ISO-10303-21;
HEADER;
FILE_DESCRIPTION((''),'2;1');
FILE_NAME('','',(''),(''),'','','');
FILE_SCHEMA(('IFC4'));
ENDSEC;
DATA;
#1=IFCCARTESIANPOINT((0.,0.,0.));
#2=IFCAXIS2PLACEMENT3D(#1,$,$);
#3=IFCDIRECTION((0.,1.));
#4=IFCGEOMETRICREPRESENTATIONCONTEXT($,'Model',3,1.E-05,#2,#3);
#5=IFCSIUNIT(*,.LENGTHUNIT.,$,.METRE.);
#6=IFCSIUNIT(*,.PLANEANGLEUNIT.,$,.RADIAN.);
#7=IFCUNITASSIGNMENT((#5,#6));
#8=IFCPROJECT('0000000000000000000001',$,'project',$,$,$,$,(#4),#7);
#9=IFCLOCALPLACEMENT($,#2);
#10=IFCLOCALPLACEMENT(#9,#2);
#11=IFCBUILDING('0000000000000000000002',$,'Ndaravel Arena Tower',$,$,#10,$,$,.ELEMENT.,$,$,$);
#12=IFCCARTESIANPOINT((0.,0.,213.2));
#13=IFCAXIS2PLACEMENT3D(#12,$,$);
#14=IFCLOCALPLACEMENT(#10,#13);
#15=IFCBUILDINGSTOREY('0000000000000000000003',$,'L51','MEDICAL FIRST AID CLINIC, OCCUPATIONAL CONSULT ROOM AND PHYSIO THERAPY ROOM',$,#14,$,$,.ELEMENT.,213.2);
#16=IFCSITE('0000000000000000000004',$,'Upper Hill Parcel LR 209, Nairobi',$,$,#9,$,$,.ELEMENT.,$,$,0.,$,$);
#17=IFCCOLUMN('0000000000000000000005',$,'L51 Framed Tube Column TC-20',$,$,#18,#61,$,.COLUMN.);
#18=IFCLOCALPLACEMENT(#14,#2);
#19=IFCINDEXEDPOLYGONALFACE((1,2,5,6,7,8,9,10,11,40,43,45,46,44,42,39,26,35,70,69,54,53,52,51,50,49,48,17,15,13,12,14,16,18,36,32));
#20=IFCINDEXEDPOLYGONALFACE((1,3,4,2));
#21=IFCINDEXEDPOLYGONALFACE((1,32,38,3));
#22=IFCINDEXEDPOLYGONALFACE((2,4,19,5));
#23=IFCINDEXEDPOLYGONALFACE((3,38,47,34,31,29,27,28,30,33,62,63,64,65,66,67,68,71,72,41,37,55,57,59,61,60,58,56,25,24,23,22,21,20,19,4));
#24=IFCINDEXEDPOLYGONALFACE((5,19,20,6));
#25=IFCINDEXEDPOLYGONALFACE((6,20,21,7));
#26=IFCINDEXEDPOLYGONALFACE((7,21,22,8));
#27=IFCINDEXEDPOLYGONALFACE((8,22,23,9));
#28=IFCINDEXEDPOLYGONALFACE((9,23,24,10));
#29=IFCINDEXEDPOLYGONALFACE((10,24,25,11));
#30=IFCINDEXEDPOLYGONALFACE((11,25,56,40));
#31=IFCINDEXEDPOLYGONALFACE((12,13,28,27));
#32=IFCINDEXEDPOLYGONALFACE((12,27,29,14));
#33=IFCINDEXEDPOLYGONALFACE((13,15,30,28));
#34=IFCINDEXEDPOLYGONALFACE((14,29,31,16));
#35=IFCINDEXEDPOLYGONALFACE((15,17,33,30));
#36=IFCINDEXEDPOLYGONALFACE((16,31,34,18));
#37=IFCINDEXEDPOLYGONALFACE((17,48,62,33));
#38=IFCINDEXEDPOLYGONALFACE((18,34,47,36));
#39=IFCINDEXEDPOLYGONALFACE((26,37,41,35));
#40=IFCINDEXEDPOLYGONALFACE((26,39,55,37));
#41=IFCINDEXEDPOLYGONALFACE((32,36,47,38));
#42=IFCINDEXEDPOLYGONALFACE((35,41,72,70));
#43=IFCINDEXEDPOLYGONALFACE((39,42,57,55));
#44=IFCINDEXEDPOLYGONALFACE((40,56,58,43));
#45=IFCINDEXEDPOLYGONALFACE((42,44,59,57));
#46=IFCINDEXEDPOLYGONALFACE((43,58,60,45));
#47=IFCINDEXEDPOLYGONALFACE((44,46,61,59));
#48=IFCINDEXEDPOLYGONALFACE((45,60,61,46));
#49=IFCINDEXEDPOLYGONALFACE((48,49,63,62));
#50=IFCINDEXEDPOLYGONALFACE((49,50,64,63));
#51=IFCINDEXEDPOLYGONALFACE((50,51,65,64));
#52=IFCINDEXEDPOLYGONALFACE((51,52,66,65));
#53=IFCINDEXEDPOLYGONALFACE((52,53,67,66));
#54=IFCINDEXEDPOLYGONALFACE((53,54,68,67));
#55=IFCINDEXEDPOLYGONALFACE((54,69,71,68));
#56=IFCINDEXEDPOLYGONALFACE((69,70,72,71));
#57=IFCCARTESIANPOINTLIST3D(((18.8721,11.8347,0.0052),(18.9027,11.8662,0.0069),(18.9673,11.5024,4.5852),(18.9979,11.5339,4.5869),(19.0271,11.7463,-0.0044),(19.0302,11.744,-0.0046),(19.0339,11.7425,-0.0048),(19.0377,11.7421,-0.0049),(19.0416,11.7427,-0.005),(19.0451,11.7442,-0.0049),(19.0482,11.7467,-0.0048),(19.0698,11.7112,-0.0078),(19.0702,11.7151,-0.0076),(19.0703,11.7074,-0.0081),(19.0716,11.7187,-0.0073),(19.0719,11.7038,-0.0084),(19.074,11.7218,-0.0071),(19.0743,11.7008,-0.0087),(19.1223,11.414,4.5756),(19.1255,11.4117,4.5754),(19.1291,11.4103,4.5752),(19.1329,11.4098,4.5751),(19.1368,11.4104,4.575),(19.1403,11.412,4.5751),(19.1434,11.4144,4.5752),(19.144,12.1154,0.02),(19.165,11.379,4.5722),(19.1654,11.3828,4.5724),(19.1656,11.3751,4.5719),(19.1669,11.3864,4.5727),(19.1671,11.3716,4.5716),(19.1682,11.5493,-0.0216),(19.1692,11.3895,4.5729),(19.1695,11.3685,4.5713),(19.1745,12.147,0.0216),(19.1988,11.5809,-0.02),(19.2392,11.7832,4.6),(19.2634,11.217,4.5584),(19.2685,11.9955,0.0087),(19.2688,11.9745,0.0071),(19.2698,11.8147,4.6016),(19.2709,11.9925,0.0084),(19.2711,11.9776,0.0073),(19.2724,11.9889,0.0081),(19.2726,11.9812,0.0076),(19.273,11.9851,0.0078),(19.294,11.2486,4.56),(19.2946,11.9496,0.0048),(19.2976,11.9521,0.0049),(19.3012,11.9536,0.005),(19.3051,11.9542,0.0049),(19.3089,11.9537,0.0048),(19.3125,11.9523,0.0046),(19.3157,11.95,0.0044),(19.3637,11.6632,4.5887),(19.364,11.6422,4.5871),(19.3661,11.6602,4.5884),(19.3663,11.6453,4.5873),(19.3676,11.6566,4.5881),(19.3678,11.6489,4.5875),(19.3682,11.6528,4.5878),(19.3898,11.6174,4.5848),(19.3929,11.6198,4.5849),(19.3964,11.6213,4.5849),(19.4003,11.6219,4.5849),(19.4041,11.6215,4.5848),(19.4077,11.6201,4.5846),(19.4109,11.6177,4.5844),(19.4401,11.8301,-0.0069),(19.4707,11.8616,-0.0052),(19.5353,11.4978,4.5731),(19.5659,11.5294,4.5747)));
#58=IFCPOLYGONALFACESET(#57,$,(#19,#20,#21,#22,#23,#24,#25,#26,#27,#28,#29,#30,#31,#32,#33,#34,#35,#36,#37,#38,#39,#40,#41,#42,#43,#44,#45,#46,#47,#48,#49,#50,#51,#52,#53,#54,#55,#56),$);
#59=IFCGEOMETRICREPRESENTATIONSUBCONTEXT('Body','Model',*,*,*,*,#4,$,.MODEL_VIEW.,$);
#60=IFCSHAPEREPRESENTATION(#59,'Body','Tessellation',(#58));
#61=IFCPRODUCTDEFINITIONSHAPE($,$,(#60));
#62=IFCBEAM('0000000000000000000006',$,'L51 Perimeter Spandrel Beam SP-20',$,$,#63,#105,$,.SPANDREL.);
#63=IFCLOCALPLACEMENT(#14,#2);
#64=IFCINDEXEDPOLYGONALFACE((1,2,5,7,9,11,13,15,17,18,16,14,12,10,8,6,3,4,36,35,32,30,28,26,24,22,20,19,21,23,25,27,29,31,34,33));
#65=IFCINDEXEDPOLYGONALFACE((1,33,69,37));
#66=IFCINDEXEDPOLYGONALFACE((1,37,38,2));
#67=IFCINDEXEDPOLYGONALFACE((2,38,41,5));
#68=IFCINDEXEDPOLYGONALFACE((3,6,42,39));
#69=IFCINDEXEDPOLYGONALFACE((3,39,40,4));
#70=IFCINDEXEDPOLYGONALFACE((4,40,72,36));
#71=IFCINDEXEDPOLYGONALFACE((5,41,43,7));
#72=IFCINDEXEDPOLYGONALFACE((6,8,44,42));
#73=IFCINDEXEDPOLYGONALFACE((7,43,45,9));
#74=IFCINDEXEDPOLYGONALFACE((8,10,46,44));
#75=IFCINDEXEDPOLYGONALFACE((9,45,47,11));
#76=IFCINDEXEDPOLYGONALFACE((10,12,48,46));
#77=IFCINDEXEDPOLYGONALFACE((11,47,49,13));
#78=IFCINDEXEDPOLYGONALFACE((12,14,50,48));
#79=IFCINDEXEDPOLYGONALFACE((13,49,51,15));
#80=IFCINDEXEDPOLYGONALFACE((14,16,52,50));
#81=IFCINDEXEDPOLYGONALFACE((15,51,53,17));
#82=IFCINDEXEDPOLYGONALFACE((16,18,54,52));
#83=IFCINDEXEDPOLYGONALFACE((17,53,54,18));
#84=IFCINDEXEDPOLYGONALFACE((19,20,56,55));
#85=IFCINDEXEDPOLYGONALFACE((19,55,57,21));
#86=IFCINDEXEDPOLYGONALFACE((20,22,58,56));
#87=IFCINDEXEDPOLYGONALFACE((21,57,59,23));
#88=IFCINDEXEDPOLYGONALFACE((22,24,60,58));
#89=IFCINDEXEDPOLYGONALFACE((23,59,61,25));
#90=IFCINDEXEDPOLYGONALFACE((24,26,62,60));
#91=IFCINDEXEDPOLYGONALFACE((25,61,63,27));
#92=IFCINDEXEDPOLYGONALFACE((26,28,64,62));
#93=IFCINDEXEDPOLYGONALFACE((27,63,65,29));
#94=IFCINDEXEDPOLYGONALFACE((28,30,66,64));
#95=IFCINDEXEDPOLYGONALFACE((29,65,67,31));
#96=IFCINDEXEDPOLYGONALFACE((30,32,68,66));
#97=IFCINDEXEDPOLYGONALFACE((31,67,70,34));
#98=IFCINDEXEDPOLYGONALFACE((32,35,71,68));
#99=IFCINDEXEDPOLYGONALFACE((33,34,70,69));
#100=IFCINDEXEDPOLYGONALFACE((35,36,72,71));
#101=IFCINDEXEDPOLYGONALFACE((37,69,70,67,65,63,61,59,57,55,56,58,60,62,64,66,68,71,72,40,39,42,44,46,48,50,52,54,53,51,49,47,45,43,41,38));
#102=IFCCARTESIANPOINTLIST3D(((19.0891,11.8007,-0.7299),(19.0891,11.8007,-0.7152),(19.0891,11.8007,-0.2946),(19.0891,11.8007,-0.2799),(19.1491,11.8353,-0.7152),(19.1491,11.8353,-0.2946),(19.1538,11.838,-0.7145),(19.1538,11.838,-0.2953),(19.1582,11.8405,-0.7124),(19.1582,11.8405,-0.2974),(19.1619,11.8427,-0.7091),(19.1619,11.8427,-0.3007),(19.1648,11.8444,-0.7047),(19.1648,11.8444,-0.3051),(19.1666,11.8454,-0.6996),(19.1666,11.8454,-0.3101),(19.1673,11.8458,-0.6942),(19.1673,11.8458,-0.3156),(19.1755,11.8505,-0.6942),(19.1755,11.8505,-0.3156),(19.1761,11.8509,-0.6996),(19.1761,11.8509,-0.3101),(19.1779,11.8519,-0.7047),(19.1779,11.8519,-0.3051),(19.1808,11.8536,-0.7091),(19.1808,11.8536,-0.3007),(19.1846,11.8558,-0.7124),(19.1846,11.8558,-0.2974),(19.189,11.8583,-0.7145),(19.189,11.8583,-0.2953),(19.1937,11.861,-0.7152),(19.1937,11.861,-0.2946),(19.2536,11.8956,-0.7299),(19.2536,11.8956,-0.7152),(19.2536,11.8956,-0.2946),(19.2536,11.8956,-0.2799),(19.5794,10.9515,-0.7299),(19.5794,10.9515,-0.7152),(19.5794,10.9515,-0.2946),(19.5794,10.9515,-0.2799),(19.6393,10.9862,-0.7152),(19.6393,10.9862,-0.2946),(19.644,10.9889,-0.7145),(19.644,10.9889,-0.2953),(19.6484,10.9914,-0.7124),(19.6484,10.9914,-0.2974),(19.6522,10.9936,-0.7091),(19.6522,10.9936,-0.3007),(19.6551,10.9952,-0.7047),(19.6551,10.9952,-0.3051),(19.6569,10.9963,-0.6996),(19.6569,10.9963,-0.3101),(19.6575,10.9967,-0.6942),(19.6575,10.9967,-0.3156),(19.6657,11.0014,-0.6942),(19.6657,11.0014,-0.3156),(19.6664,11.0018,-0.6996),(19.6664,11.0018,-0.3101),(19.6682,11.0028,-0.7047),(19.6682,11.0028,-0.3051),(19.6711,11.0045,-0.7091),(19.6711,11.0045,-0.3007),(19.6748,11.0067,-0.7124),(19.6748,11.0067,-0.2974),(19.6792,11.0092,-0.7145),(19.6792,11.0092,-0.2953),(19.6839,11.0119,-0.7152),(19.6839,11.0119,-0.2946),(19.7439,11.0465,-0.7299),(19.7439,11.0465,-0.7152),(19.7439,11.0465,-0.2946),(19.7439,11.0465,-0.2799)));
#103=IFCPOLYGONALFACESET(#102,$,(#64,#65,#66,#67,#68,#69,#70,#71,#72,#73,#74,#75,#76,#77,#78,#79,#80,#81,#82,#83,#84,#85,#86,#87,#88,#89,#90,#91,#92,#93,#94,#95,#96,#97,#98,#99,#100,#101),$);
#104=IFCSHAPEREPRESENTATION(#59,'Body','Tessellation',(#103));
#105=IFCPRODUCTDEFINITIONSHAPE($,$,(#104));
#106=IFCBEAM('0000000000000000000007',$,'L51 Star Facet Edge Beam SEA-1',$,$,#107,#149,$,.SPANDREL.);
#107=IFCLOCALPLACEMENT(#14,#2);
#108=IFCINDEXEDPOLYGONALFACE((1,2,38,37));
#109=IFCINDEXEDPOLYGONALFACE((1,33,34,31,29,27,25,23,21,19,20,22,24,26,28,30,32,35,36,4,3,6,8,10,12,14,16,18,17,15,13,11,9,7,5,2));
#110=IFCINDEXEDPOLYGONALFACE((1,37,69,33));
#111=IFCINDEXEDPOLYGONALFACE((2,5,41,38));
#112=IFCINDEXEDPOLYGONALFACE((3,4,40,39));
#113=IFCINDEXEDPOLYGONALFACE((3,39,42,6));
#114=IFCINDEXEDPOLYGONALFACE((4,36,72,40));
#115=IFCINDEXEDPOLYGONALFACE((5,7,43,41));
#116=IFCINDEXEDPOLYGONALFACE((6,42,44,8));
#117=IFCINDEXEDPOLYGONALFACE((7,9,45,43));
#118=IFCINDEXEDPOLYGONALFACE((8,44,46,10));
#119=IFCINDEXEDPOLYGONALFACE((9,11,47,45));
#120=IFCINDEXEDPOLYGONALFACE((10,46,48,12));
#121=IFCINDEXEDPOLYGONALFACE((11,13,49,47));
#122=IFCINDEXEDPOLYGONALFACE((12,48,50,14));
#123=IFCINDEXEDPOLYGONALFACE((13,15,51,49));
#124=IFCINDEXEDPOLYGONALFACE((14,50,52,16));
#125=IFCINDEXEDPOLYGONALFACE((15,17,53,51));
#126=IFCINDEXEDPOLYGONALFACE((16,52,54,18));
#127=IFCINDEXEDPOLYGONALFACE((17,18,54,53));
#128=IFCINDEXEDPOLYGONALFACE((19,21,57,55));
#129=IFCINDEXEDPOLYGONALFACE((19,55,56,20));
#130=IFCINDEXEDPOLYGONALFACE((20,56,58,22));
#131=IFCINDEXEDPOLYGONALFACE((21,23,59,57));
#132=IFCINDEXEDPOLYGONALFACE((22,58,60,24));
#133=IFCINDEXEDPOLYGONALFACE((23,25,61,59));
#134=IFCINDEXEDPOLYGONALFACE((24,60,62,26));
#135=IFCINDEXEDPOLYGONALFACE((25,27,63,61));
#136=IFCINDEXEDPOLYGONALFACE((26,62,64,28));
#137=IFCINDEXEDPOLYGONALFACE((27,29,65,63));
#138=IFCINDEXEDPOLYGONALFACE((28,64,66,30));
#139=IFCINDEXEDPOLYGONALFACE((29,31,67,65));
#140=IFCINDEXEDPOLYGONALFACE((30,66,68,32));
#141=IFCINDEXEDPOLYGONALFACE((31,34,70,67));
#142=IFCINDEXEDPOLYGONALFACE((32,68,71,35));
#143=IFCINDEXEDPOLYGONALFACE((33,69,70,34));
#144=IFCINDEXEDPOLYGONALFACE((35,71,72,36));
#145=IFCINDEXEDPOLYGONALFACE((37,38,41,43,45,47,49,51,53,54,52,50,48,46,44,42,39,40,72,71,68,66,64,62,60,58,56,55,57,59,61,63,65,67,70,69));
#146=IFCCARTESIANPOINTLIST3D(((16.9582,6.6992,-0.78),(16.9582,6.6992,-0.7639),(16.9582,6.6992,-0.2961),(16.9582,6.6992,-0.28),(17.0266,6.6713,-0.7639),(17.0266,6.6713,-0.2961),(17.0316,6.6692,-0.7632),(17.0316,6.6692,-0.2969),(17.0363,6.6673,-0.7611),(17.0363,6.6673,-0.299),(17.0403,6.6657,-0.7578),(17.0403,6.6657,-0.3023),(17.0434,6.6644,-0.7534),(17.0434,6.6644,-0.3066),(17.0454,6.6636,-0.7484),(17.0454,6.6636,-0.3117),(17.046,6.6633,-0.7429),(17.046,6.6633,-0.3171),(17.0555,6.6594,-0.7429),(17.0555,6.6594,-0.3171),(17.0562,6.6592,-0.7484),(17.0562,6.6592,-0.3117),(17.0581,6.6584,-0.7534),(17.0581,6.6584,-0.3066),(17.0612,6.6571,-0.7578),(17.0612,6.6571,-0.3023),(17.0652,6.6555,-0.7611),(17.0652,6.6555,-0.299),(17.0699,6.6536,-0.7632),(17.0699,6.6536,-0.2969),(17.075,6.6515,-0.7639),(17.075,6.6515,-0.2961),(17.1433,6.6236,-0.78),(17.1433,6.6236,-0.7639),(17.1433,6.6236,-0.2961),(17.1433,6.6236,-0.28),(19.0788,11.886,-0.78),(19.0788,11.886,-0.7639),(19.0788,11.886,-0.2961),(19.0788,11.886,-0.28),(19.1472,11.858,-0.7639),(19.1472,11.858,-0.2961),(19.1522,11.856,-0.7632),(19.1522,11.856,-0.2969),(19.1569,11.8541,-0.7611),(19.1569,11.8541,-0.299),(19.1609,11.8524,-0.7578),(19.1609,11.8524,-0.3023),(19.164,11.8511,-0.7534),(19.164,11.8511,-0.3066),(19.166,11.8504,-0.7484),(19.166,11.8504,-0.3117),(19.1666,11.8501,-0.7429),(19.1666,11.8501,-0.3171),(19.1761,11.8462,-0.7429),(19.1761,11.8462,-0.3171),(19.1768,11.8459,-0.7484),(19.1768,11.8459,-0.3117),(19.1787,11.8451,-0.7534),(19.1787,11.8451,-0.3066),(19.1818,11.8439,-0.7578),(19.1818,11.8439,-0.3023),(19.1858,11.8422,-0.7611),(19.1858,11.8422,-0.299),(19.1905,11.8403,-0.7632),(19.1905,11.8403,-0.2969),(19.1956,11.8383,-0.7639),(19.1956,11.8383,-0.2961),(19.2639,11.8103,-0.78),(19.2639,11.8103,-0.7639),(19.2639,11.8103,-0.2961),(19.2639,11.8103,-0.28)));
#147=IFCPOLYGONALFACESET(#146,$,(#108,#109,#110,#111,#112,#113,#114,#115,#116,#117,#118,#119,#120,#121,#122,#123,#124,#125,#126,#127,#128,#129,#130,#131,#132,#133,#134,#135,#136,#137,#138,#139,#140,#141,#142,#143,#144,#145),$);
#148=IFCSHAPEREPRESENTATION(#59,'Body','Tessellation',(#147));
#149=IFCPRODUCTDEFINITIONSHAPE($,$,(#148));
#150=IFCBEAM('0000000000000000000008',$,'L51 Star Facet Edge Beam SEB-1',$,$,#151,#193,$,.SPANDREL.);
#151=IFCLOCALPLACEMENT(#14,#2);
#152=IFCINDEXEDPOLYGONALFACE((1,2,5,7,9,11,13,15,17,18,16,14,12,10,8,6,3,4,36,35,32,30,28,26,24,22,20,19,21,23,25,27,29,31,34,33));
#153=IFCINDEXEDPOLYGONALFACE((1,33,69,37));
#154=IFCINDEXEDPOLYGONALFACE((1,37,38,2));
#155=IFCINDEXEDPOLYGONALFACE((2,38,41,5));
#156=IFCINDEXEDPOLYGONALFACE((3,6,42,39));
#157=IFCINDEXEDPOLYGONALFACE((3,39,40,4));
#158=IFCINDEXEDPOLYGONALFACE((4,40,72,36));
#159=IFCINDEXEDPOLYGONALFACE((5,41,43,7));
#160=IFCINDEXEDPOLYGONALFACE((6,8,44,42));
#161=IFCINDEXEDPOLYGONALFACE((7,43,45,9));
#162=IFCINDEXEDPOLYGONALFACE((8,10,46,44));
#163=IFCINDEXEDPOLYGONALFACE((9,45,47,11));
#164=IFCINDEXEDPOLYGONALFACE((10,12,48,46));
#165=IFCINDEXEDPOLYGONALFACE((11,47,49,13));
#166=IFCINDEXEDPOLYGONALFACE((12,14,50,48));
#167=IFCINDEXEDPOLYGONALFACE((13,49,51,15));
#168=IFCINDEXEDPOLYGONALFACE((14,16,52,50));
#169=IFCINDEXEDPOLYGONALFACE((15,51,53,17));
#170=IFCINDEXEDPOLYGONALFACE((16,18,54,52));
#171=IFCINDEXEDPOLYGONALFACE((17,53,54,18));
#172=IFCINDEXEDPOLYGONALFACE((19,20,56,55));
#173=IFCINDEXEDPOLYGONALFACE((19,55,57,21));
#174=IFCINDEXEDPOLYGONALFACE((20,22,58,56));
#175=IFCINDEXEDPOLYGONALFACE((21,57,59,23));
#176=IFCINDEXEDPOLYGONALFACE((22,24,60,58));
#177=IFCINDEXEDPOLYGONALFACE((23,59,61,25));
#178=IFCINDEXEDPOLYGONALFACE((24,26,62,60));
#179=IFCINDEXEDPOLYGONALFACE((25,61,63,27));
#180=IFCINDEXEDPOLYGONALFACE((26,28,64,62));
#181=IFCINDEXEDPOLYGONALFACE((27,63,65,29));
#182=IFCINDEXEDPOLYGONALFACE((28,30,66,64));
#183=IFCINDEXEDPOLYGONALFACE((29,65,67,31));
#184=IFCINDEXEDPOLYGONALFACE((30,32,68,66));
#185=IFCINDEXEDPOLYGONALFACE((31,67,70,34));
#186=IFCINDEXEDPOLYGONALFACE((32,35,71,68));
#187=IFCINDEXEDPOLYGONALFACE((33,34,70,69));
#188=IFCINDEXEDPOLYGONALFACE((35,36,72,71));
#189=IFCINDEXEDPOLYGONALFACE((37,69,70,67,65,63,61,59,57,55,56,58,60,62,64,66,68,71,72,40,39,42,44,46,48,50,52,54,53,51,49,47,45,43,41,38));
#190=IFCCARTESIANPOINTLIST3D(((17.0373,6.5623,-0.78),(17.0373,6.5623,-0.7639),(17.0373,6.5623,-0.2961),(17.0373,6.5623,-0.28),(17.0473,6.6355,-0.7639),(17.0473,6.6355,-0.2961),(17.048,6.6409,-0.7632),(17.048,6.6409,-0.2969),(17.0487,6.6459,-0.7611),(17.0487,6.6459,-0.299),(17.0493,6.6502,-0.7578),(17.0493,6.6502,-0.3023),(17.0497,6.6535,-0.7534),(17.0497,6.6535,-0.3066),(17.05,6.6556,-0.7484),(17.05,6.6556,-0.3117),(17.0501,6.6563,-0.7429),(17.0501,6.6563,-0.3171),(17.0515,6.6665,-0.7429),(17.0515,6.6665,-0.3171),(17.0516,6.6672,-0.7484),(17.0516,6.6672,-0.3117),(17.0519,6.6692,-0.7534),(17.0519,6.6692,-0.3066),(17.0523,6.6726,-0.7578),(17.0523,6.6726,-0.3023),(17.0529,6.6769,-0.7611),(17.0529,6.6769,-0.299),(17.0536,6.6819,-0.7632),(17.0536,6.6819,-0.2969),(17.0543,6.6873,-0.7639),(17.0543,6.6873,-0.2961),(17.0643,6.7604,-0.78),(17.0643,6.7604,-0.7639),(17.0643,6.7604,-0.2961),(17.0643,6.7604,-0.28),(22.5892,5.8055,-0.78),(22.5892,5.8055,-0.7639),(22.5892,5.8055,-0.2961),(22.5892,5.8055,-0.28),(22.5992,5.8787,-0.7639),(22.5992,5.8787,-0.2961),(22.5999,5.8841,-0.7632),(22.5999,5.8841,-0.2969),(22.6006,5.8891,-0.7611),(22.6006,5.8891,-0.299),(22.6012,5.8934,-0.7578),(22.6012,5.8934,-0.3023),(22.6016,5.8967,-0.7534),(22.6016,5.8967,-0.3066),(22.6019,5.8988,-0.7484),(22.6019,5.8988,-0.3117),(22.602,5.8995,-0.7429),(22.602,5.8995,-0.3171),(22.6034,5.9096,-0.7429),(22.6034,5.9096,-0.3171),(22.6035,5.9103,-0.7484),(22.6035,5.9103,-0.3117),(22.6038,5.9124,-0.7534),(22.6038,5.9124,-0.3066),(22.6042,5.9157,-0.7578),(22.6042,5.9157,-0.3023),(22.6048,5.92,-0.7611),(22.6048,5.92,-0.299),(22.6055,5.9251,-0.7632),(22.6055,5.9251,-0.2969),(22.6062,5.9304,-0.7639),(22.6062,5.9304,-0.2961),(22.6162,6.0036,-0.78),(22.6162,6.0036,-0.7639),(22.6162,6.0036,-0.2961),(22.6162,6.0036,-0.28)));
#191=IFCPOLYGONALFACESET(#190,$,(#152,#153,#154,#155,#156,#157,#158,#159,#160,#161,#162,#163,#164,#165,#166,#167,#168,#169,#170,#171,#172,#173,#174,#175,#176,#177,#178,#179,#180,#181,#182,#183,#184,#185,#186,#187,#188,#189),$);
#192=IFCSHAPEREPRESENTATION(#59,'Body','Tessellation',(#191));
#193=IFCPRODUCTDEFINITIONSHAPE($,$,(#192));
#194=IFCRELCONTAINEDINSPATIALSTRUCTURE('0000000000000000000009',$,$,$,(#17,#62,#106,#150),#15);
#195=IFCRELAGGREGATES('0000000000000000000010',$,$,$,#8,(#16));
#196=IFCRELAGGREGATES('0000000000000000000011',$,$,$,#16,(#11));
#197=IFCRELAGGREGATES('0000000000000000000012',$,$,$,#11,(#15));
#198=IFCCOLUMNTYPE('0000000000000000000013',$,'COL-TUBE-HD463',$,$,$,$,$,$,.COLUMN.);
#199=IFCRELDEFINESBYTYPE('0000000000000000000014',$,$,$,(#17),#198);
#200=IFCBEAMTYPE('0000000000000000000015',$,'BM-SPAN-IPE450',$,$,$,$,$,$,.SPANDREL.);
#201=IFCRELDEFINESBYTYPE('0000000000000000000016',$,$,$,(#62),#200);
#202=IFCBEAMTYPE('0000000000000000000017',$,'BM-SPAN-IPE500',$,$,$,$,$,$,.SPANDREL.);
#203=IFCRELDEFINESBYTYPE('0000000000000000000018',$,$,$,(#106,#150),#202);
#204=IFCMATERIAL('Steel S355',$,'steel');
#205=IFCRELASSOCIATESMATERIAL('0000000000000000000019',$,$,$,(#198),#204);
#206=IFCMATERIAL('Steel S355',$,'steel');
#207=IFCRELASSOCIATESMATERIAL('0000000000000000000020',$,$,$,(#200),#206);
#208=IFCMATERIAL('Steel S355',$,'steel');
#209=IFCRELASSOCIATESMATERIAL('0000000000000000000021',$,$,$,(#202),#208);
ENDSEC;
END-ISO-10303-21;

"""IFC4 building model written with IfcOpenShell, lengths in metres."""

from ifc_helpers import new_model, si_unit, direction, frame, origin, origin_2d, place, context, subcontext, project, spatial, i_section, extrude, material, material_profile, profile_set, type_object, element, save


model = new_model("IFC4")

# Units and contexts
model_context = context("Model", 3, precision=1e-05, world=origin(), true_north=direction((0.0, 1.0)))
body_context = subcontext(model_context, "Body", "Model", "MODEL_VIEW")
ifc_project = project(units=[si_unit("LENGTHUNIT", "METRE"), si_unit("PLANEANGLEUNIT", "RADIAN")], contexts=[model_context])

# Site, building, storey
site_placement = place(None, origin())
site = spatial("IfcSite", under=ifc_project, at=site_placement, Name="Upper Hill Parcel LR 209, Nairobi", CompositionType="ELEMENT", RefElevation=0.0)
building_placement = place(site_placement, origin())
building = spatial("IfcBuilding", under=site, at=building_placement, Name="Ndaravel Arena Tower", CompositionType="ELEMENT")
storey_placement = place(building_placement, frame((0.0, 0.0, 213.2)))
storey = spatial("IfcBuildingStorey", under=building, at=storey_placement, Name="L51", Description="MEDICAL FIRST AID CLINIC, OCCUPATIONAL CONSULT ROOM AND PHYSIO THERAPY ROOM", CompositionType="ELEMENT", Elevation=213.2)

# Column
ifc_material_1 = material(Name="Steel S355", Category="steel")
ifc_material_profile_1 = material_profile(ifc_material_1, i_section(OverallWidth=0.4121, OverallDepth=0.4351, WebThickness=0.0359, FlangeThickness=0.0439, FilletRadius=0.0149, at=origin_2d()), Name="HD 400x463")
ifc_profile_set_1 = profile_set([ifc_material_profile_1], Name="Steel S355")
column_type = type_object("IfcColumnType", Name="COL-TUBE-HD463", PredefinedType="COLUMN", material=ifc_profile_set_1)
column_placement = place(storey_placement, frame((19.1714, 11.8481, 0.0), z_axis=(0.02073, -0.072342, 0.997164), x_axis=(-0.71854, 0.692425, 0.065172)))
element("IfcColumn", 1, at=column_placement, inside=storey, type_object=column_type, Name="L51 Framed Tube Column TC-20", PredefinedType="COLUMN", context=body_context, shape_type="SweptSolid", body=[
    extrude(i_section(OverallWidth=0.4121, OverallDepth=0.4351, WebThickness=0.0359, FlangeThickness=0.0439, FilletRadius=0.0149, at=origin_2d()), origin(), (0.0, 0.0, 1.0), 4.593),
])

# Beams
ifc_material_2 = material(Name="Steel S355", Category="steel")
ifc_material_profile_2 = material_profile(ifc_material_2, i_section(OverallWidth=0.1899, OverallDepth=0.45, WebThickness=0.0095, FlangeThickness=0.0146, FilletRadius=0.021, at=origin_2d()), Name="IPE 450")
ifc_profile_set_2 = profile_set([ifc_material_profile_2], Name="Steel S355")
beam_type_1 = type_object("IfcBeamType", Name="BM-SPAN-IPE450", PredefinedType="SPANDREL", material=ifc_profile_set_2)
beam_1_placement = place(storey_placement, frame((19.1714, 11.8481, -0.5049), z_axis=(0.499995, -0.866028, 0.0), x_axis=(0.866028, 0.499995, 0.0)))
element("IfcBeam", 2, at=beam_1_placement, inside=storey, type_object=beam_type_1, Name="L51 Perimeter Spandrel Beam SP-20", PredefinedType="SPANDREL", context=body_context, shape_type="SweptSolid", body=[
    extrude(i_section(OverallWidth=0.1899, OverallDepth=0.45, WebThickness=0.0095, FlangeThickness=0.0146, FilletRadius=0.021, at=origin_2d()), origin(), (0.0, 0.0, 1.0), 0.9805),
])
ifc_material_3 = material(Name="Steel S355", Category="steel")
ifc_material_profile_3 = material_profile(ifc_material_3, i_section(OverallWidth=0.2, OverallDepth=0.5, WebThickness=0.0103, FlangeThickness=0.0161, FilletRadius=0.021, at=origin_2d()), Name="IPE 500")
ifc_profile_set_3 = profile_set([ifc_material_profile_3], Name="Steel S355")
beam_type_2 = type_object("IfcBeamType", Name="BM-SPAN-IPE500", PredefinedType="SPANDREL", material=ifc_profile_set_3)
beam_2_placement = place(storey_placement, frame((19.1714, 11.8481, -0.53), z_axis=(-0.378441, -0.925625, 0.0), x_axis=(0.925625, -0.378441, 0.0)))
element("IfcBeam", 3, at=beam_2_placement, inside=storey, type_object=beam_type_2, Name="L51 Star Facet Edge Beam SEA-1", PredefinedType="SPANDREL", context=body_context, shape_type="SweptSolid", body=[
    extrude(i_section(OverallWidth=0.2, OverallDepth=0.5, WebThickness=0.0103, FlangeThickness=0.0161, FilletRadius=0.021, at=origin_2d()), origin(), (0.0, 0.0, 1.0), 5.6035),
])
beam_3_placement = place(storey_placement, frame((17.0508, 6.6614, -0.53), z_axis=(0.990836, -0.135068, 0.0), x_axis=(0.135068, 0.990836, 0.0)))
element("IfcBeam", 4, at=beam_3_placement, inside=storey, type_object=beam_type_2, Name="L51 Star Facet Edge Beam SEB-1", PredefinedType="SPANDREL", context=body_context, shape_type="SweptSolid", body=[
    extrude(i_section(OverallWidth=0.2, OverallDepth=0.5, WebThickness=0.0103, FlangeThickness=0.0161, FilletRadius=0.021, at=origin_2d()), origin(), (0.0, 0.0, 1.0), 5.6033),
])

save(model, "model.ifc")
